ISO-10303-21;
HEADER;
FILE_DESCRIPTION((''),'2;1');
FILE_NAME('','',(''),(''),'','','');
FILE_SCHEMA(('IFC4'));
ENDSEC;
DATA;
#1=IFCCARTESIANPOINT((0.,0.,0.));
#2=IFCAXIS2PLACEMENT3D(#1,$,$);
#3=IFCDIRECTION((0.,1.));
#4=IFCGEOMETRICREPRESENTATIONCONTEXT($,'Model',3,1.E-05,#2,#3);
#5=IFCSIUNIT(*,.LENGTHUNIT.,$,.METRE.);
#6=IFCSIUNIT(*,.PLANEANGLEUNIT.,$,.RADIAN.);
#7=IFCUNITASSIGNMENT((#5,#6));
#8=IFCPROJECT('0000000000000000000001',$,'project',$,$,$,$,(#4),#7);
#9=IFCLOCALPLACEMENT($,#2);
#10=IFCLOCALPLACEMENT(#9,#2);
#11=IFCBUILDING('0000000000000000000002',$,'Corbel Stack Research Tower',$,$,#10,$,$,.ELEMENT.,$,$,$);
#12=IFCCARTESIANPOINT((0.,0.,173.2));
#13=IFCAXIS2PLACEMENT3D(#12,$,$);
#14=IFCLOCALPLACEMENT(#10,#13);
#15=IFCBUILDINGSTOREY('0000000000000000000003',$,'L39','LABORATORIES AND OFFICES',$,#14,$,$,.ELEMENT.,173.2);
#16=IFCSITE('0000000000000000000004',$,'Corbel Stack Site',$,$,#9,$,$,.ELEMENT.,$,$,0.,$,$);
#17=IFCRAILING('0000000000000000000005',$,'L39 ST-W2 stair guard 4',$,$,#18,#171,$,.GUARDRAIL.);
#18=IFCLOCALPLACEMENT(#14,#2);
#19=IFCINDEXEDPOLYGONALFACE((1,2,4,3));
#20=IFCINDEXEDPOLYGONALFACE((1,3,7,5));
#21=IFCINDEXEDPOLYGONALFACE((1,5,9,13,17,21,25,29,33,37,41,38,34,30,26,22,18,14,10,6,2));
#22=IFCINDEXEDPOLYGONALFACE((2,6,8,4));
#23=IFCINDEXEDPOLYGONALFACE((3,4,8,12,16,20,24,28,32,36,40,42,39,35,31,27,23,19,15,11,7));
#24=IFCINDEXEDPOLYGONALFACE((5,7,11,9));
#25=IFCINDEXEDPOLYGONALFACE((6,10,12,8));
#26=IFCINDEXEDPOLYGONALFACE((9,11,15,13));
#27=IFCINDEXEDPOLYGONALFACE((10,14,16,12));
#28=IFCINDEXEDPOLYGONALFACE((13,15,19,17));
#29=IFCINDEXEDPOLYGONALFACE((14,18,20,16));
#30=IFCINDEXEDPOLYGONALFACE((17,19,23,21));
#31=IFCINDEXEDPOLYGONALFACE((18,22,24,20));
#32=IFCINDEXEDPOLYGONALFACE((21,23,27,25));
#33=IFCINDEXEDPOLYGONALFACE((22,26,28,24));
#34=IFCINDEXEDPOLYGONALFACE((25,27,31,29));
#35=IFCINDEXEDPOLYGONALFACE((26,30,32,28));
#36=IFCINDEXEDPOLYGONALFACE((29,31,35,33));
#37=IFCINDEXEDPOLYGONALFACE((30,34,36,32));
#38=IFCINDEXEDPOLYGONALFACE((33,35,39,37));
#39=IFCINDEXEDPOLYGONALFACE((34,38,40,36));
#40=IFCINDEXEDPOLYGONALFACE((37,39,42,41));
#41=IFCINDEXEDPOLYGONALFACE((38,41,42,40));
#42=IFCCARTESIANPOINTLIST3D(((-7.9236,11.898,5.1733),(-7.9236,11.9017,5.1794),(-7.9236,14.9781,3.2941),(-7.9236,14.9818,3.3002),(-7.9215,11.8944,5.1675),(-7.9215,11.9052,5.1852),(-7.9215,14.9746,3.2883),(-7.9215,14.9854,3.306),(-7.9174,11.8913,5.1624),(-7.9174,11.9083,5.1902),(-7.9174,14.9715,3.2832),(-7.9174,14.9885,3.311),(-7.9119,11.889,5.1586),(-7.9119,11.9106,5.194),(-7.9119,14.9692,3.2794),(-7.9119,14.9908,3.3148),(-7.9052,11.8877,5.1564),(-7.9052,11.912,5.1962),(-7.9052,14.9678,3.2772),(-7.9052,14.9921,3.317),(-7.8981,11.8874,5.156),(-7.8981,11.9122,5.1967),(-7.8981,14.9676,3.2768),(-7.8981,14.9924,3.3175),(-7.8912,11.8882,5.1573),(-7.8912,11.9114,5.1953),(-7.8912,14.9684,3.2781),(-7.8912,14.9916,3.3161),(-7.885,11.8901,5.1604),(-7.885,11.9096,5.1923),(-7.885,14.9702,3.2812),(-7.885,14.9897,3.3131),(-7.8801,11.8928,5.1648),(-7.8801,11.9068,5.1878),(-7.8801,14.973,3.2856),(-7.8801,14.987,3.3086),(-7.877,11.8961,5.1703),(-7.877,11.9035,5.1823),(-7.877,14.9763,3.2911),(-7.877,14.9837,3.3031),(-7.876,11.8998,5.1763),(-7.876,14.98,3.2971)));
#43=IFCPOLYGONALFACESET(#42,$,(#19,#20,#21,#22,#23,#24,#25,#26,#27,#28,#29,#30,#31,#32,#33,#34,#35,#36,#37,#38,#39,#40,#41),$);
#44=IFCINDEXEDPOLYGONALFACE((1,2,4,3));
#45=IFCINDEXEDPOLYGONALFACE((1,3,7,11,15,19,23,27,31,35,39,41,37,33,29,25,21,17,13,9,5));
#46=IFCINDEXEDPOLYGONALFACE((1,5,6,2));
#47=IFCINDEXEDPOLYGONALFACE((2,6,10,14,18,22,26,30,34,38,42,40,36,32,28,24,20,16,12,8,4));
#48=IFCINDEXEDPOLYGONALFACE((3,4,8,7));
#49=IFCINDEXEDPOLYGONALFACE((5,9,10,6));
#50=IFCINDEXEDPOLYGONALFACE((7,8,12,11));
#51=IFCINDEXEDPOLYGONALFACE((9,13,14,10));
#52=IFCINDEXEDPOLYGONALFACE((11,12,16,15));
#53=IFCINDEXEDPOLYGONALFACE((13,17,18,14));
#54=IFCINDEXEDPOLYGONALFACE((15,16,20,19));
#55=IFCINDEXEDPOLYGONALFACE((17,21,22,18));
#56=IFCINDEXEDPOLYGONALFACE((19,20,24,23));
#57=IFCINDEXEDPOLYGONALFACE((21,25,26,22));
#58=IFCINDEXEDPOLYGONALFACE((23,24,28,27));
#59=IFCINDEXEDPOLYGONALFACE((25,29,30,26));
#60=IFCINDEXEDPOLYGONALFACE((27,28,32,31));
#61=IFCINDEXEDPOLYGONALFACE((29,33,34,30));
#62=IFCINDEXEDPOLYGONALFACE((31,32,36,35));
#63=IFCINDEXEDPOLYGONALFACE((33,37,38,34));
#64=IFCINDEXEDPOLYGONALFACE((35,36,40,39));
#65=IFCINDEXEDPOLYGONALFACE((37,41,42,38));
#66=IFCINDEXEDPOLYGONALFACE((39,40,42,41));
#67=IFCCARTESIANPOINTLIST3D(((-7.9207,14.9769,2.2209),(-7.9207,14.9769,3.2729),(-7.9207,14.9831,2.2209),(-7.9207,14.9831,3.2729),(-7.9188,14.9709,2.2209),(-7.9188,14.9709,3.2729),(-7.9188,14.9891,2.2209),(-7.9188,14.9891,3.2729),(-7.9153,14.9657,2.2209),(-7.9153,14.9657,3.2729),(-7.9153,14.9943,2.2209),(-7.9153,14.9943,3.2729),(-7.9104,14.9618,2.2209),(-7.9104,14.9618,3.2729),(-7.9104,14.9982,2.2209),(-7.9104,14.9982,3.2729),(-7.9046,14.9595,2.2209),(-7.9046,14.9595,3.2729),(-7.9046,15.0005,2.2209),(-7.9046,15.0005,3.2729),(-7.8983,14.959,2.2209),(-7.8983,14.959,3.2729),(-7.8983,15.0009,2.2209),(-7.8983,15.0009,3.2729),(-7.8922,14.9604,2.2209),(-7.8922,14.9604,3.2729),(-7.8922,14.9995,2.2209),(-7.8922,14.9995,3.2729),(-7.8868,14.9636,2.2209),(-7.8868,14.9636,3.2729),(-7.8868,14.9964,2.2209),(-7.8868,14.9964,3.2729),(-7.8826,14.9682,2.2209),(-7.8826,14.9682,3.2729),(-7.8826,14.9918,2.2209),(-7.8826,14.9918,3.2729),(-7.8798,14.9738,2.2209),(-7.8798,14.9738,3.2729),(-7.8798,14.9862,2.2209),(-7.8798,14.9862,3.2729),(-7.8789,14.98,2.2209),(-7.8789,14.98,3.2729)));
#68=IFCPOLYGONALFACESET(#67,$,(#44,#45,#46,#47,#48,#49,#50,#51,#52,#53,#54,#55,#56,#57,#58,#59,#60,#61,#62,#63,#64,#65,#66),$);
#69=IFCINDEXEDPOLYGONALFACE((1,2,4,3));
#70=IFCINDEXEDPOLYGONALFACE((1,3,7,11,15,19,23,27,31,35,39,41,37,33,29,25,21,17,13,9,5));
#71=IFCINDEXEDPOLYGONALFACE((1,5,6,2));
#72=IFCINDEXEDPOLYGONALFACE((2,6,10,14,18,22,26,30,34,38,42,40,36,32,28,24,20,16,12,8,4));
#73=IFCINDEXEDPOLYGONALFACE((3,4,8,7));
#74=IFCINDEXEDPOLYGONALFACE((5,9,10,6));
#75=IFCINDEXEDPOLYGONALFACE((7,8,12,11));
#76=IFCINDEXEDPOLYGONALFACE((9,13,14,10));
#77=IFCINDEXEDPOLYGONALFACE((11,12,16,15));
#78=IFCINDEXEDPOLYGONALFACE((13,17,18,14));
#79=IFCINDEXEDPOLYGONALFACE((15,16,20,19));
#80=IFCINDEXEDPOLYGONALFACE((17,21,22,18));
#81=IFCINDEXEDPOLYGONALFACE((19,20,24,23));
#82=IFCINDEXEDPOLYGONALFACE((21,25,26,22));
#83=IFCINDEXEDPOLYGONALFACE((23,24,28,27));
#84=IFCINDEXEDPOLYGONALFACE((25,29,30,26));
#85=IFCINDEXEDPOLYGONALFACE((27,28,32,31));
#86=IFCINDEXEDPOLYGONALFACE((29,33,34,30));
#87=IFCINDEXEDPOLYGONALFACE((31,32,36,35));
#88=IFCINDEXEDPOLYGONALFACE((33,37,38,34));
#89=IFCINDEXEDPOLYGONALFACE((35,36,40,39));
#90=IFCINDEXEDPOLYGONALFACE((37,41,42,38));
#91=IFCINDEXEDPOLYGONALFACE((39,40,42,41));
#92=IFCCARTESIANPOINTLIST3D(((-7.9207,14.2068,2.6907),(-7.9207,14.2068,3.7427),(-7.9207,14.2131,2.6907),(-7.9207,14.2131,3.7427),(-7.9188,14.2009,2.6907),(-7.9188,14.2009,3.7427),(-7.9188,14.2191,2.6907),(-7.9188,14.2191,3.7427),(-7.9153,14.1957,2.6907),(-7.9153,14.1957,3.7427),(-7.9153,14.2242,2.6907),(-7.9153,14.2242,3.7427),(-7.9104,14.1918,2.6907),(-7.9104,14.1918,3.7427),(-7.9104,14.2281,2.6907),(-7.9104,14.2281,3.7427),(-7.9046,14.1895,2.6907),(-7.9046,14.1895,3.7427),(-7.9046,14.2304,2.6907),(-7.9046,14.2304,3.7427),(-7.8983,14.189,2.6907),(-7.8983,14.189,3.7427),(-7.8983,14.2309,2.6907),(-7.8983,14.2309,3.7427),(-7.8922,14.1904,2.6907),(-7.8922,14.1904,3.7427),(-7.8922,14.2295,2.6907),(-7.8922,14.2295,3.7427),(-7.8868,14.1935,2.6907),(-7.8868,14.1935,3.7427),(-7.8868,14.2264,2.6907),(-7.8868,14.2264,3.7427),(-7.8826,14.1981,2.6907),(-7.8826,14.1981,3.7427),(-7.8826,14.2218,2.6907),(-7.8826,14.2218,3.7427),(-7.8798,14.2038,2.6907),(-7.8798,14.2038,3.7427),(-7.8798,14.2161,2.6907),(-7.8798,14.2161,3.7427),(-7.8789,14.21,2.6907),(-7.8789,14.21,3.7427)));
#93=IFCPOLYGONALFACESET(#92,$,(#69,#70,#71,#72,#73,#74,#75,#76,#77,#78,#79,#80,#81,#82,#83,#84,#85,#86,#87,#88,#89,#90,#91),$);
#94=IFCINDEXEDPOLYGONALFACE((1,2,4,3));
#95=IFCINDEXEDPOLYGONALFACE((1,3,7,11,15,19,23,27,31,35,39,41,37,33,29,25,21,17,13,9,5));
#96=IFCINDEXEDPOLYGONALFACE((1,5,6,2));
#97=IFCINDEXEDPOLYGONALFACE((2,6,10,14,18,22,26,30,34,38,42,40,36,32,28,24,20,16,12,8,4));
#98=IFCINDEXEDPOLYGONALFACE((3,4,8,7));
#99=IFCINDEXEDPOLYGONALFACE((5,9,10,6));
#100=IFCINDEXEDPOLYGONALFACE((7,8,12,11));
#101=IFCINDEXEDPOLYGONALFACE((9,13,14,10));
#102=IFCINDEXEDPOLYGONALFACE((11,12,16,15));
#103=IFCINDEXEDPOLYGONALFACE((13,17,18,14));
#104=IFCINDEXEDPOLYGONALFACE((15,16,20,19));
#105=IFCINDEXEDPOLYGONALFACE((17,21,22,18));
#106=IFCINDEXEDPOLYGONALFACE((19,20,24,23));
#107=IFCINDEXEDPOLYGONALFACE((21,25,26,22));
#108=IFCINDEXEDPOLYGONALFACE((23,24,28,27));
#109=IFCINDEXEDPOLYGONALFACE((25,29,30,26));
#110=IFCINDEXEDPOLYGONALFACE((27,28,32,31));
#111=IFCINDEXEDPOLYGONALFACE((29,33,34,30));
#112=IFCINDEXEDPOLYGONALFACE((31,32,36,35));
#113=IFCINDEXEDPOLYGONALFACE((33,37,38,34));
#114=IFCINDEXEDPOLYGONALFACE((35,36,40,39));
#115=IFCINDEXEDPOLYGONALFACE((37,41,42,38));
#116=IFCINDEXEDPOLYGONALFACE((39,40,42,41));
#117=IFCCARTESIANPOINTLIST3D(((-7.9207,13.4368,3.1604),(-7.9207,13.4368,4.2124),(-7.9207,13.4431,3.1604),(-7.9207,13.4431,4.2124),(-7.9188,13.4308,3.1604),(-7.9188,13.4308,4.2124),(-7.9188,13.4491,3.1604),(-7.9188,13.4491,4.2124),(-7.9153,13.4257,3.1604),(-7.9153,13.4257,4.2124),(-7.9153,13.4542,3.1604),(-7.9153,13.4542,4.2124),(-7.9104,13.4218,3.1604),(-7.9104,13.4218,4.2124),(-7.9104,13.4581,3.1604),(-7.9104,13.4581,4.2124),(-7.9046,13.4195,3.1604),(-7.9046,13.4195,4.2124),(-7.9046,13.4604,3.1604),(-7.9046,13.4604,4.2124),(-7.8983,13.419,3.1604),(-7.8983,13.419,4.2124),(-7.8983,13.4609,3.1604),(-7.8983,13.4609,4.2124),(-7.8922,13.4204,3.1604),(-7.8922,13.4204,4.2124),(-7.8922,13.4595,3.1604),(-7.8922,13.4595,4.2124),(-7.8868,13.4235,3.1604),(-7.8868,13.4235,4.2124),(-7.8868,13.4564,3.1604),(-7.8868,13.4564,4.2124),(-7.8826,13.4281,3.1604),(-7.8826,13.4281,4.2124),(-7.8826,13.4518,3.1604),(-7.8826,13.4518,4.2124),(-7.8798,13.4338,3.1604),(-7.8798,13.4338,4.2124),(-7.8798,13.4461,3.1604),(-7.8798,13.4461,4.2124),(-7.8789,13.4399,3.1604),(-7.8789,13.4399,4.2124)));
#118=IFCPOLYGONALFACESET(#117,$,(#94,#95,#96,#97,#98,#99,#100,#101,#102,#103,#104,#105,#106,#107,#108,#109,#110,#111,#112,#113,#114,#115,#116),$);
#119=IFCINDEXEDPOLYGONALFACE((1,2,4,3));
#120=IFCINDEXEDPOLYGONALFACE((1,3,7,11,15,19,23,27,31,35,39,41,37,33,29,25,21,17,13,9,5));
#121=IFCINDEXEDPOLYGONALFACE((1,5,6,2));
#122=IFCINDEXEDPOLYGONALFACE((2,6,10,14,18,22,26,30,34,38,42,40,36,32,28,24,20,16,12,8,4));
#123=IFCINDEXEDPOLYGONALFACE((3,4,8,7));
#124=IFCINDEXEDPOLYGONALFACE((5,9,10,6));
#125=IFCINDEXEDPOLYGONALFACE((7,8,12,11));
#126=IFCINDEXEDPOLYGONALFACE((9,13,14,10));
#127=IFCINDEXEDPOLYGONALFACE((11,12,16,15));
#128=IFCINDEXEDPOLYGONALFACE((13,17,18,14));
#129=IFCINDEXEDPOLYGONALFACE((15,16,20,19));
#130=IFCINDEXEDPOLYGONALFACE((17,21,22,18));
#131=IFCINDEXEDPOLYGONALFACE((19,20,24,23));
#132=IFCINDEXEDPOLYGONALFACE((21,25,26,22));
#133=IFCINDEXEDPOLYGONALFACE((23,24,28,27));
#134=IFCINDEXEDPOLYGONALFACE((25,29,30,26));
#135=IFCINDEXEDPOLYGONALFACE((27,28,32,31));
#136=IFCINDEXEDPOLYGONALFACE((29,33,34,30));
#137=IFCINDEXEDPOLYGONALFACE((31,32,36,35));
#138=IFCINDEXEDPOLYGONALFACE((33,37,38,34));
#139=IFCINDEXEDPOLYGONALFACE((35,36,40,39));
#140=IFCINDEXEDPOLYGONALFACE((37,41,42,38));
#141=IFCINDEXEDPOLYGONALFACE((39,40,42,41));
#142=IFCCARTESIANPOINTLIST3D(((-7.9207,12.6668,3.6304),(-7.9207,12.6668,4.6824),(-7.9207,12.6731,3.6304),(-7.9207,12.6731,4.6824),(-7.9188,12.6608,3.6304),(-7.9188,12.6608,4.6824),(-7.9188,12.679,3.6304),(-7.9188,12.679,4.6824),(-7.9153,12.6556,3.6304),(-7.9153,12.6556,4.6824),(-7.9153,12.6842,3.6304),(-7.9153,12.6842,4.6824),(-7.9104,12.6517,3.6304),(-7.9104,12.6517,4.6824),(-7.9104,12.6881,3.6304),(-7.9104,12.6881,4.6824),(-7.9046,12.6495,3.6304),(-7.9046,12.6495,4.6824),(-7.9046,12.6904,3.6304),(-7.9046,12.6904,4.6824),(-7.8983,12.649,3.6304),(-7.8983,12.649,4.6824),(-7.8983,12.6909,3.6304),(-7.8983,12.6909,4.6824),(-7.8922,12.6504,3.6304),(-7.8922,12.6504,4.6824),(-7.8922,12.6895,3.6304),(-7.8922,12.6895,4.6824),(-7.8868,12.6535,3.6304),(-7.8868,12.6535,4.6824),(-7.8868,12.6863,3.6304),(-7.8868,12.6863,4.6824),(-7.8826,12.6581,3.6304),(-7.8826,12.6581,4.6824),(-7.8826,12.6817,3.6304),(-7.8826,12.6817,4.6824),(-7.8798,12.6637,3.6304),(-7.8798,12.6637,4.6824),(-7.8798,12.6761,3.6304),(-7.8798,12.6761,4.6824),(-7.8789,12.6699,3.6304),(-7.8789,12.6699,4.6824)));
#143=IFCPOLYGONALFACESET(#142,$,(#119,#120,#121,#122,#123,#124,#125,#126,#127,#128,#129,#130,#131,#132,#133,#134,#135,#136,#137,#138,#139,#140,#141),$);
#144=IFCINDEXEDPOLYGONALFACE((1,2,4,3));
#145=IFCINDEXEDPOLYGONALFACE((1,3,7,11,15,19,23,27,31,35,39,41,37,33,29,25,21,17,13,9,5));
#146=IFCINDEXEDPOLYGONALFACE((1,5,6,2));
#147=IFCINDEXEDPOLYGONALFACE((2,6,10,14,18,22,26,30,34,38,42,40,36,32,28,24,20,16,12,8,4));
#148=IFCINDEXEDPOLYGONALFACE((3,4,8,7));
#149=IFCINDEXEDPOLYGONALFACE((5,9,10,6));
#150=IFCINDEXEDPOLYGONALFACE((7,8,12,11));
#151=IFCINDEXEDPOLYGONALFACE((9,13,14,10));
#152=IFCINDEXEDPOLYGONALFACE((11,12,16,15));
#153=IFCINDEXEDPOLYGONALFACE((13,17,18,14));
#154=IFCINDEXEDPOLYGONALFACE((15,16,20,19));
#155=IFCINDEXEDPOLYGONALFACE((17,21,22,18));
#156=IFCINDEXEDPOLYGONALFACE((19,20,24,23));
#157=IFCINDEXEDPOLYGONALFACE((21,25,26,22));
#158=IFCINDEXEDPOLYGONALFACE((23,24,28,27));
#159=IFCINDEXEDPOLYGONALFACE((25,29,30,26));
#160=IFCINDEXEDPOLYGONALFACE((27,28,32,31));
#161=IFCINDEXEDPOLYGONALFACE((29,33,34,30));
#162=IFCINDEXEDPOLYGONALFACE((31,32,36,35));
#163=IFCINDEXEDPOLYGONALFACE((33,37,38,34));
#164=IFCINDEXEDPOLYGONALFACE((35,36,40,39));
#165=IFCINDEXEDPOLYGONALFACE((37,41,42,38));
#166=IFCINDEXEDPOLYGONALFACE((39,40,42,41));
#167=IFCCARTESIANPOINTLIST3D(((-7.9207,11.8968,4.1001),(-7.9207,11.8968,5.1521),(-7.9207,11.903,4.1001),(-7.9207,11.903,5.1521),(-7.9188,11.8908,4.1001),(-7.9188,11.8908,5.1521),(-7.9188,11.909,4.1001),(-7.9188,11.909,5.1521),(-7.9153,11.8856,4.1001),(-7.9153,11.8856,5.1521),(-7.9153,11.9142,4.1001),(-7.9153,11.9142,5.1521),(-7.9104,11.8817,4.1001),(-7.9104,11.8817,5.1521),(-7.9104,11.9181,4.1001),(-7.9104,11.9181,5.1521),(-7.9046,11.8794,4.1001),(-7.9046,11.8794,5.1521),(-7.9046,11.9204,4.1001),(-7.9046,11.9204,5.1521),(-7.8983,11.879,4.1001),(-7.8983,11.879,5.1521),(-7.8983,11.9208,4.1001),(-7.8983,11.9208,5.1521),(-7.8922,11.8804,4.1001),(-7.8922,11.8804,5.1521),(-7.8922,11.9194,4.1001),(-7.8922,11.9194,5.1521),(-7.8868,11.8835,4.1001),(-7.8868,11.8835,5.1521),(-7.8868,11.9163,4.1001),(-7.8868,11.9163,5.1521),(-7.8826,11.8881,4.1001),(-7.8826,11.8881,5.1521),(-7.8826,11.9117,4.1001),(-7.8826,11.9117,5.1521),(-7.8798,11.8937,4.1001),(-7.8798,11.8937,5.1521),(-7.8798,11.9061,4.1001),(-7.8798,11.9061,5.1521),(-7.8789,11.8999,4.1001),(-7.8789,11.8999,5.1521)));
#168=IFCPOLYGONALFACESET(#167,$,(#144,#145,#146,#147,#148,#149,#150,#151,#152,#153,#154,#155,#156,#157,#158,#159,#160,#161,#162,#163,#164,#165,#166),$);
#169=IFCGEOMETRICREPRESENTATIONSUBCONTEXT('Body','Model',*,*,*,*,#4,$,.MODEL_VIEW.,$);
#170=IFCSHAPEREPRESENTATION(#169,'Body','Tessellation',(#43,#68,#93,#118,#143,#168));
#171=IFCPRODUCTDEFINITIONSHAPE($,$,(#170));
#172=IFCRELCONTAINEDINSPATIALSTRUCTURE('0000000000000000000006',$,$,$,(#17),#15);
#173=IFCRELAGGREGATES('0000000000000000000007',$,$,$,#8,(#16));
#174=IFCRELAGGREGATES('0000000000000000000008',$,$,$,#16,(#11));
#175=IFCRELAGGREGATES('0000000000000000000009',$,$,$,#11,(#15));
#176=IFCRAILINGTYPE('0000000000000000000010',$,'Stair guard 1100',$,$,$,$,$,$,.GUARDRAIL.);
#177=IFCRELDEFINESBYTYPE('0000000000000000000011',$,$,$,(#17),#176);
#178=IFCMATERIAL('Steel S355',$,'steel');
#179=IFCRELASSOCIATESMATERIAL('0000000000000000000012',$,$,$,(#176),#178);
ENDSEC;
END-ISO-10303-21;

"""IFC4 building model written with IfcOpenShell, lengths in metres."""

from ifc_helpers import new_model, si_unit, direction, frame, origin, origin_2d, place, context, subcontext, project, spatial, circle, extrude, material, type_object, element, save


model = new_model("IFC4")

# Units and contexts
model_context = context("Model", 3, precision=1e-05, world=origin(), true_north=direction((0.0, 1.0)))
body_context = subcontext(model_context, "Body", "Model", "MODEL_VIEW")
ifc_project = project(units=[si_unit("LENGTHUNIT", "METRE"), si_unit("PLANEANGLEUNIT", "RADIAN")], contexts=[model_context])

# Site, building, storey
site_placement = place(None, origin())
site = spatial("IfcSite", under=ifc_project, at=site_placement, Name="Corbel Stack Site", CompositionType="ELEMENT", RefElevation=0.0)
building_placement = place(site_placement, origin())
building = spatial("IfcBuilding", under=site, at=building_placement, Name="Corbel Stack Research Tower", CompositionType="ELEMENT")
storey_placement = place(building_placement, frame((0.0, 0.0, 173.2)))
storey = spatial("IfcBuildingStorey", under=building, at=storey_placement, Name="L39", Description="LABORATORIES AND OFFICES", CompositionType="ELEMENT", Elevation=173.2)

# Railing
ifc_material_1 = material(Name="Steel S355", Category="steel")
railing_type_1 = type_object("IfcRailingType", Name="Stair guard 1100", PredefinedType="GUARDRAIL", material=ifc_material_1)
railing_1_placement = place(storey_placement, frame((-7.8999, 14.98, 2.2209)))
element("IfcRailing", 1, at=railing_1_placement, inside=storey, type_object=railing_type_1, Name="L39 ST-W2 stair guard 4", PredefinedType="GUARDRAIL", context=body_context, shape_type="SweptSolid", body=[
    extrude(circle(Radius=0.0239, at=origin_2d()), frame((0.0, 0.0, 1.0762), z_axis=(0.0, -0.853666, 0.52082), x_axis=(1.0, 0.0, 0.0)), (0.0, 0.0, 1.0), 3.6082),
    extrude(circle(Radius=0.021, at=origin_2d()), origin(), (0.0, 0.0, 1.0), 1.052),
    extrude(circle(Radius=0.021, at=origin_2d()), frame((0.0, -0.77, 0.4697)), (0.0, 0.0, 1.0), 1.052),
    extrude(circle(Radius=0.021, at=origin_2d()), frame((0.0, -1.54, 0.9395)), (0.0, 0.0, 1.0), 1.052),
    extrude(circle(Radius=0.021, at=origin_2d()), frame((0.0, -2.3101, 1.4094)), (0.0, 0.0, 1.0), 1.052),
    extrude(circle(Radius=0.021, at=origin_2d()), frame((0.0, -3.0801, 1.8792)), (0.0, 0.0, 1.0), 1.052),
])

save(model, "model.ifc")
